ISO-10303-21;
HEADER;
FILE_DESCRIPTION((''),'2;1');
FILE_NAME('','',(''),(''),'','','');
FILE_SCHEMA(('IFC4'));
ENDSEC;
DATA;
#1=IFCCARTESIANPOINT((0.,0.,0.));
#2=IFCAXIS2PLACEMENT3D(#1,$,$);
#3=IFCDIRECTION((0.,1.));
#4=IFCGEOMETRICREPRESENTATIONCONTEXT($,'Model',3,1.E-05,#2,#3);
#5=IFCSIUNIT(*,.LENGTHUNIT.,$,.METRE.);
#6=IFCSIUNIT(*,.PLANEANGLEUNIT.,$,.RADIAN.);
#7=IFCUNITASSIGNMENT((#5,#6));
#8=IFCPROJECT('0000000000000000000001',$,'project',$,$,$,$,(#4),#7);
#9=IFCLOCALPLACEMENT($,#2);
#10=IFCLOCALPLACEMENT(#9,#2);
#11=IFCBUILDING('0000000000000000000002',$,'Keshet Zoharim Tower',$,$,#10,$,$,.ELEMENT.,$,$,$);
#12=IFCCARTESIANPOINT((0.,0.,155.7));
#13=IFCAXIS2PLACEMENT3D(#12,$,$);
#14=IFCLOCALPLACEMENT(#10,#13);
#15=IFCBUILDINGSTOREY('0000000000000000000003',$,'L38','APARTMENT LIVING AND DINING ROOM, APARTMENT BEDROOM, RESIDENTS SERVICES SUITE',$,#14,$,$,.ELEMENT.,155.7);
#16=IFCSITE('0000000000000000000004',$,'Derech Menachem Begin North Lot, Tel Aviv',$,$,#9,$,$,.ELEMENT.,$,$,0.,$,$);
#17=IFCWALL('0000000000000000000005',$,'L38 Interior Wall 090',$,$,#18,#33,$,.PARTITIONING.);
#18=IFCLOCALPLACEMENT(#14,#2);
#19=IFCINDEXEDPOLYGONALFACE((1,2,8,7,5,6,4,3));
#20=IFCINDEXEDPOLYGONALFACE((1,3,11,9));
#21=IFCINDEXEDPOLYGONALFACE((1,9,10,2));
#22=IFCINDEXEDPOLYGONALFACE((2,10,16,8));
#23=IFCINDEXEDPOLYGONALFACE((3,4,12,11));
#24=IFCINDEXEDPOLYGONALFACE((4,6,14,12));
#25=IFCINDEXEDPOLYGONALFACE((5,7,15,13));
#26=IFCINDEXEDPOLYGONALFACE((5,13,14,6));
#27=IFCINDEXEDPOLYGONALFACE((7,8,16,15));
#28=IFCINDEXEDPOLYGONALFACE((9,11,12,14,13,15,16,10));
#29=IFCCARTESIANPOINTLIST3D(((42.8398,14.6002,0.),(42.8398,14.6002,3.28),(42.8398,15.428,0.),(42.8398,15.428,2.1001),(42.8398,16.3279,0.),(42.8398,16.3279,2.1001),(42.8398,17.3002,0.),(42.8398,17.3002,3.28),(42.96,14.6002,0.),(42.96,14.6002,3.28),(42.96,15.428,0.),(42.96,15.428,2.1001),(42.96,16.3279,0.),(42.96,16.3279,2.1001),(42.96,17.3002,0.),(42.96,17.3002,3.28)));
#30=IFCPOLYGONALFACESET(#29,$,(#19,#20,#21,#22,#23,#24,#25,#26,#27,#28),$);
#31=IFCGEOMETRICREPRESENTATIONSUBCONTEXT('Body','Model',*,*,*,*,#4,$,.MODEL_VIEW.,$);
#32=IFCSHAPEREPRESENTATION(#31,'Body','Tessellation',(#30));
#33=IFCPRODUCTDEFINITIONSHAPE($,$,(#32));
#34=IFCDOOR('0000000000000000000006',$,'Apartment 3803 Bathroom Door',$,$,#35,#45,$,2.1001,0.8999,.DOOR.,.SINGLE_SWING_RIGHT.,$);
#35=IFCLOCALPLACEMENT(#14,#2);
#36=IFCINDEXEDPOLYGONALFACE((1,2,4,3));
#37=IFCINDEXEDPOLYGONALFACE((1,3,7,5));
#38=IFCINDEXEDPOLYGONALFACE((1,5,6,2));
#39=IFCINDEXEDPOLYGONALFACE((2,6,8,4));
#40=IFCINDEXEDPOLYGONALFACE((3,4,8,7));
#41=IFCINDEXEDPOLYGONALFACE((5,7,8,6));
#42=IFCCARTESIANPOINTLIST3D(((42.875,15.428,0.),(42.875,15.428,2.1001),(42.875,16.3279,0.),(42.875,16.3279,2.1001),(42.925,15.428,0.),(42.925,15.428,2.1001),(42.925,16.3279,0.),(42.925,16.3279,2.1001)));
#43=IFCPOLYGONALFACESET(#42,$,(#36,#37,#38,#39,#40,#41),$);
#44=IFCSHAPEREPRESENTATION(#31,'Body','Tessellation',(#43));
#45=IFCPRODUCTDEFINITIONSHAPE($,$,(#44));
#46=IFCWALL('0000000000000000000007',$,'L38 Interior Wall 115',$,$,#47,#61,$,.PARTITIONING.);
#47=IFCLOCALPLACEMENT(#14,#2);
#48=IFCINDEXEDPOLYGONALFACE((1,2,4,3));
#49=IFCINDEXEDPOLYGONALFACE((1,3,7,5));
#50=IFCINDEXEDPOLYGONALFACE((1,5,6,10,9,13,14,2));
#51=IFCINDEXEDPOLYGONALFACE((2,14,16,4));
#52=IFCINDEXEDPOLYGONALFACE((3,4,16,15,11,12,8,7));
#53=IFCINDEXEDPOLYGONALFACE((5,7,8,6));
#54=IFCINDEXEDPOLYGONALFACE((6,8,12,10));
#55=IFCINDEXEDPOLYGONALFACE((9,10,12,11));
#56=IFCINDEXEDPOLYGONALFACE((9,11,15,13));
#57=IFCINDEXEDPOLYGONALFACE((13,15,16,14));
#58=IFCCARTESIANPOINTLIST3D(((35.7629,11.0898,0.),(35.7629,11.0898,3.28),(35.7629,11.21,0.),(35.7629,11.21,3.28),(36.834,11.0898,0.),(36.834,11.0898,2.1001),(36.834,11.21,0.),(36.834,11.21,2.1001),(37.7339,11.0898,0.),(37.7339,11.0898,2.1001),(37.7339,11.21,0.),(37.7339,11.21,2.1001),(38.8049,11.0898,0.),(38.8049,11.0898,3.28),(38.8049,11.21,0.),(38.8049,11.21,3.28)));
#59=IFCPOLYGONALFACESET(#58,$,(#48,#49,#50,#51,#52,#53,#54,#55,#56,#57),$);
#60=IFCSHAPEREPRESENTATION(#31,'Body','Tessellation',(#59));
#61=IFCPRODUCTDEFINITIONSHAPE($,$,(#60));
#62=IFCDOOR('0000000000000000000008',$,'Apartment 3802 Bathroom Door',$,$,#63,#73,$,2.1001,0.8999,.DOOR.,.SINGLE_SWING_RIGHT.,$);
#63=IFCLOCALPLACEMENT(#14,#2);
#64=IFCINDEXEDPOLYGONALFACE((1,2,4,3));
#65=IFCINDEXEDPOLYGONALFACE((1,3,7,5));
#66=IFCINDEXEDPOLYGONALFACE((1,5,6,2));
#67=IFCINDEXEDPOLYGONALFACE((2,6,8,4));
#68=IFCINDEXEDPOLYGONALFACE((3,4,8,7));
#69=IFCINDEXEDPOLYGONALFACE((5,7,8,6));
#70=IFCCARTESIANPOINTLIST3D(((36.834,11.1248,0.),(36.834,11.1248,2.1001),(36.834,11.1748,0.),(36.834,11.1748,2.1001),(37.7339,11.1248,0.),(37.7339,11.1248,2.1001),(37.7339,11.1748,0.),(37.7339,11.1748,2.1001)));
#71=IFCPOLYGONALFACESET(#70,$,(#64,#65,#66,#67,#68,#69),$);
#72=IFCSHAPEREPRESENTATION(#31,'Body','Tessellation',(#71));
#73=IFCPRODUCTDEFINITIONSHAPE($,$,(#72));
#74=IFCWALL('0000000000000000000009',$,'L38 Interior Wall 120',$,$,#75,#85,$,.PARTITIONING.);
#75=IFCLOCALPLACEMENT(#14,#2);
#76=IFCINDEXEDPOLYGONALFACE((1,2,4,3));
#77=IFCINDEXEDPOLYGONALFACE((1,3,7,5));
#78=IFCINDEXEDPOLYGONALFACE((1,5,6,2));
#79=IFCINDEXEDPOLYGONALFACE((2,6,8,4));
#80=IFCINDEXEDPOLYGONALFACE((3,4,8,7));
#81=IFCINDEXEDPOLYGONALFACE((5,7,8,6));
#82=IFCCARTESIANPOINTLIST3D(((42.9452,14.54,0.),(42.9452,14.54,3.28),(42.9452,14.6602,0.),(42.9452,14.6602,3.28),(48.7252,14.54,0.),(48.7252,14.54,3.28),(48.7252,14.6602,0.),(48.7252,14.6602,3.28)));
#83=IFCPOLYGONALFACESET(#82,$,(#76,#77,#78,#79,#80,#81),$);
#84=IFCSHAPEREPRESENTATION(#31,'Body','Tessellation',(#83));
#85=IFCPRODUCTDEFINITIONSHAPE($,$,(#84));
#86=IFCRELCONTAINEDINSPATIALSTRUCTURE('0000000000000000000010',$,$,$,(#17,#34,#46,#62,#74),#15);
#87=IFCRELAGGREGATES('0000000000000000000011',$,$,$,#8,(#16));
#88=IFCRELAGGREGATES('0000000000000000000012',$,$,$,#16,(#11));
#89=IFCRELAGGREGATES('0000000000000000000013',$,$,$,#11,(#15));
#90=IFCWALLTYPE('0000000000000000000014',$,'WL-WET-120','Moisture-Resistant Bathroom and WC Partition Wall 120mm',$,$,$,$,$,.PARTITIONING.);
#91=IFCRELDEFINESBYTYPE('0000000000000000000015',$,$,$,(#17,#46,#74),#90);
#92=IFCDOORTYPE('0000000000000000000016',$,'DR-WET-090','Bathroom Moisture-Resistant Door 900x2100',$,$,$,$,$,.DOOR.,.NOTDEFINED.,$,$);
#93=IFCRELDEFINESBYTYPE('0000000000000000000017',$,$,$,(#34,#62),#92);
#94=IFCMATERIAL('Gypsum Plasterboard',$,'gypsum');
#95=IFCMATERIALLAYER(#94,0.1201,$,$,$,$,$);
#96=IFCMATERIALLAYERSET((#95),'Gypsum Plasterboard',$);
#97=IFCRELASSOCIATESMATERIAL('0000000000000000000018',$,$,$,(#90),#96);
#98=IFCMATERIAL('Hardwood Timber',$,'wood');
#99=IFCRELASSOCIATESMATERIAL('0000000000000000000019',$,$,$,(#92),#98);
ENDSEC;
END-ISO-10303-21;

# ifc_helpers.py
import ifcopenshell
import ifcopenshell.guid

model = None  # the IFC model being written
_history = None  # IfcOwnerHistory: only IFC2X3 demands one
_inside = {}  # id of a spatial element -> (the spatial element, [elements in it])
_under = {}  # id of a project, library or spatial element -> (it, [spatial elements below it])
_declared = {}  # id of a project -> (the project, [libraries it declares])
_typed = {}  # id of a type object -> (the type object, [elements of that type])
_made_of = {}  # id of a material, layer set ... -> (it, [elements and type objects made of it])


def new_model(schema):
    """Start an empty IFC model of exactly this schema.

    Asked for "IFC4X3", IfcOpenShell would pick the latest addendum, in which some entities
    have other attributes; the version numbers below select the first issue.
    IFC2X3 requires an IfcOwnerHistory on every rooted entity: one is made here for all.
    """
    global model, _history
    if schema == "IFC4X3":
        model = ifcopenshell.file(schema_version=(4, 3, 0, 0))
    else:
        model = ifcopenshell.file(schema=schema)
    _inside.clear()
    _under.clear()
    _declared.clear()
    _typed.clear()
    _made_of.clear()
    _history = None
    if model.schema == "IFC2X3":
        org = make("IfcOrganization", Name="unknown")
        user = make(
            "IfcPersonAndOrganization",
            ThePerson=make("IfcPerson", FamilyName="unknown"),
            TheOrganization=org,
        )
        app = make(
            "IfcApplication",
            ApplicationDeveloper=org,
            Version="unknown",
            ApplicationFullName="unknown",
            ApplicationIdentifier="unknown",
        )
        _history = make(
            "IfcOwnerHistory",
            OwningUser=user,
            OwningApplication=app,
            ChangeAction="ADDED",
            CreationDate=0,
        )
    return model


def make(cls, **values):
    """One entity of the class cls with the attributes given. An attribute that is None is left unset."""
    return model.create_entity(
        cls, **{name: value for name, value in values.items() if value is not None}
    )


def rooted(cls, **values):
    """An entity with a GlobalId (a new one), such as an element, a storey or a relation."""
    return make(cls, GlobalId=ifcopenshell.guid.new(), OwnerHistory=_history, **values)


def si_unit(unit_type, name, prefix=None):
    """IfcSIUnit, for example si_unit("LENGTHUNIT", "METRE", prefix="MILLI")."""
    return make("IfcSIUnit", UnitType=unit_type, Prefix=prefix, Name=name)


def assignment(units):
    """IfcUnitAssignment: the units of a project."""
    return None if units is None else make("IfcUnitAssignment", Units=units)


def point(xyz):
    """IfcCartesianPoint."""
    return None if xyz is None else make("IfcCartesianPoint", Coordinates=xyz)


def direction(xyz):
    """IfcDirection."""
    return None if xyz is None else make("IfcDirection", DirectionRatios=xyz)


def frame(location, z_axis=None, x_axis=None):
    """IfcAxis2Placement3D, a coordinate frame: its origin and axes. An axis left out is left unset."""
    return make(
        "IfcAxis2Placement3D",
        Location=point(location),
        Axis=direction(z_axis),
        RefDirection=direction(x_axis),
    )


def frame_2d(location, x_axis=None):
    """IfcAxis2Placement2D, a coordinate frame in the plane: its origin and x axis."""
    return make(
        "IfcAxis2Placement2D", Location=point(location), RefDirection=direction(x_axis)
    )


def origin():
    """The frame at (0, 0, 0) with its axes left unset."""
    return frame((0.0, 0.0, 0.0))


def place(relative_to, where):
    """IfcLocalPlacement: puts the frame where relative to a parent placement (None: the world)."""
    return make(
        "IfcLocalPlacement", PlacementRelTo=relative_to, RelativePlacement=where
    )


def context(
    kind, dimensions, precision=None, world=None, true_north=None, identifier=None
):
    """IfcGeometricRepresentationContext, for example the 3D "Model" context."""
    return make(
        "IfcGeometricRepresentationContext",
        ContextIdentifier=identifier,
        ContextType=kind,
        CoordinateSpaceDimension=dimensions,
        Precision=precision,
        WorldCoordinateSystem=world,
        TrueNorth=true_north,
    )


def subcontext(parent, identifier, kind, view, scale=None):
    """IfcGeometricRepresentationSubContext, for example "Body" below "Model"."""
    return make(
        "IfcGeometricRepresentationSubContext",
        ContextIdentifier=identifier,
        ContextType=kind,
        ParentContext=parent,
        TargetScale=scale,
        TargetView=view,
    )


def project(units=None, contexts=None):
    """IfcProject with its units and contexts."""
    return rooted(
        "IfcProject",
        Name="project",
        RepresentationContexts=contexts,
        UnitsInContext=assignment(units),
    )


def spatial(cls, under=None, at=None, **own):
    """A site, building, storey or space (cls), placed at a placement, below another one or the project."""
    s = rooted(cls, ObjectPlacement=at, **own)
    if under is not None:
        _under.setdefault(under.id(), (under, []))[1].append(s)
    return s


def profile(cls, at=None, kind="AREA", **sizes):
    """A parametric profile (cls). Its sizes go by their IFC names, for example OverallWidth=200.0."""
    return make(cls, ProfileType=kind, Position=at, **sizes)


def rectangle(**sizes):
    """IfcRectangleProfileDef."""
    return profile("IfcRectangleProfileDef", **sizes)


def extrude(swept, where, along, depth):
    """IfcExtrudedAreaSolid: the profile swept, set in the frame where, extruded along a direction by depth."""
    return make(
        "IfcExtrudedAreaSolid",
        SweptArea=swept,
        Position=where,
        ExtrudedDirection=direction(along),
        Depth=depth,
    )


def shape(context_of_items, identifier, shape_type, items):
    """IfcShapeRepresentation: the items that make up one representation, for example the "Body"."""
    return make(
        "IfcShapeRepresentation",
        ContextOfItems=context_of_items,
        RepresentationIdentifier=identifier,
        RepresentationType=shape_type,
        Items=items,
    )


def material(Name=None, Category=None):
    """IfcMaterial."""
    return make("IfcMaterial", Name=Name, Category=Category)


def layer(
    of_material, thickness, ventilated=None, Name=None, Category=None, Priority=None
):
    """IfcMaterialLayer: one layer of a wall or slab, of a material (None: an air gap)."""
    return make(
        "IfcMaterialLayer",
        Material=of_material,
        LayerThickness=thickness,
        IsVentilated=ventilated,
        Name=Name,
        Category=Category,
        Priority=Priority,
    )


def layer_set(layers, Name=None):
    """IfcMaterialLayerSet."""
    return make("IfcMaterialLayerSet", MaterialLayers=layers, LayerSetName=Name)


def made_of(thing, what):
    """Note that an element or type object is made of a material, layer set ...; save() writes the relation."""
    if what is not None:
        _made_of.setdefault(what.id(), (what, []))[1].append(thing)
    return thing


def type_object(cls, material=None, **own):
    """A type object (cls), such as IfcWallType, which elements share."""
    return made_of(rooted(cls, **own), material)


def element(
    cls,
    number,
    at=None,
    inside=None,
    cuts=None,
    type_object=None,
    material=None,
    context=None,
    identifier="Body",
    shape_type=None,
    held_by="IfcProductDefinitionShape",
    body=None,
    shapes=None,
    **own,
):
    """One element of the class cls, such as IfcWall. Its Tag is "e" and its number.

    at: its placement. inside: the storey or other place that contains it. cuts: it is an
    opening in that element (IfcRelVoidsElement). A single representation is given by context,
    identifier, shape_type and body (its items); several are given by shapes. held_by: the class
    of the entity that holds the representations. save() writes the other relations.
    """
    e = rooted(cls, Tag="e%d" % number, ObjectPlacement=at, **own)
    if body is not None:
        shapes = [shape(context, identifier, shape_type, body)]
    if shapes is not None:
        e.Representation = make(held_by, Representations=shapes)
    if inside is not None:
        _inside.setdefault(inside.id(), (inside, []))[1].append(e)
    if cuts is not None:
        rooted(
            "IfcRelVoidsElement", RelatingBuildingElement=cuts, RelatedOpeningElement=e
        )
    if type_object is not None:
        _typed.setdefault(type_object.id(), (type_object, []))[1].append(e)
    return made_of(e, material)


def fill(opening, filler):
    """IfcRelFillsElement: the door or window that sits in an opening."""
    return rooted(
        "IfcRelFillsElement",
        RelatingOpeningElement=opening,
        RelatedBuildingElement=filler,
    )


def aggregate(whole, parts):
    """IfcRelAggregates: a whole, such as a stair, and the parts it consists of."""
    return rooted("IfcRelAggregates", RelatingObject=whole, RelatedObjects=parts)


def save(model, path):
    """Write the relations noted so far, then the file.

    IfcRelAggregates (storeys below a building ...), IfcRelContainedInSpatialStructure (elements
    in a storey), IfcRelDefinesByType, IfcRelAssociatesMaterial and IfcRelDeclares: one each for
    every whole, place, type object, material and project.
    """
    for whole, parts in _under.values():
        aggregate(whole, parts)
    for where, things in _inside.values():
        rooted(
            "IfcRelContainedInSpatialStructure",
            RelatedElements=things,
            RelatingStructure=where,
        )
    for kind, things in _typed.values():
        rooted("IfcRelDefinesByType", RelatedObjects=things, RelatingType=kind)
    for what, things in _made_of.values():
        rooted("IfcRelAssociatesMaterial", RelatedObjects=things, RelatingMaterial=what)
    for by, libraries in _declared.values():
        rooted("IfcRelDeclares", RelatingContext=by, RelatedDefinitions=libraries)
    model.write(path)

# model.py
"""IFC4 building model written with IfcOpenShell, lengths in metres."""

from ifc_helpers import new_model, si_unit, direction, frame, frame_2d, origin, place, context, subcontext, project, spatial, rectangle, extrude, material, layer, layer_set, type_object, element, fill, save


model = new_model("IFC4")

# Units and contexts
model_context = context("Model", 3, precision=1e-05, world=origin(), true_north=direction((0.0, 1.0)))
body_context = subcontext(model_context, "Body", "Model", "MODEL_VIEW")
ifc_project = project(units=[si_unit("LENGTHUNIT", "METRE"), si_unit("PLANEANGLEUNIT", "RADIAN")], contexts=[model_context])

# Site, building, storey
site_placement = place(None, origin())
site = spatial("IfcSite", under=ifc_project, at=site_placement, Name="Derech Menachem Begin North Lot, Tel Aviv", CompositionType="ELEMENT", RefElevation=0.0)
building_placement = place(site_placement, origin())
building = spatial("IfcBuilding", under=site, at=building_placement, Name="Keshet Zoharim Tower", CompositionType="ELEMENT")
storey_placement = place(building_placement, frame((0.0, 0.0, 155.7)))
storey = spatial("IfcBuildingStorey", under=building, at=storey_placement, Name="L38", Description="APARTMENT LIVING AND DINING ROOM, APARTMENT BEDROOM, RESIDENTS SERVICES SUITE", CompositionType="ELEMENT", Elevation=155.7)

# Shared definitions
ifc_material_1 = material(Name="Gypsum Plasterboard", Category="gypsum")
ifc_material_2 = material(Name="Hardwood Timber", Category="wood")

# Shared definitions
ifc_layer_1 = layer(ifc_material_1, 0.1201)
ifc_layer_set_1 = layer_set([ifc_layer_1], Name="Gypsum Plasterboard")
wall_type_1 = type_object("IfcWallType", Name="WL-WET-120", Description="Moisture-Resistant Bathroom and WC Partition Wall 120mm", PredefinedType="PARTITIONING", material=ifc_layer_set_1)

# Walls, openings, doors
wall_1_placement = place(storey_placement, frame((42.8999, 14.6001, 0.0), z_axis=(0.0, 0.0, 1.0), x_axis=(0.0, 1.0, 0.0)))
wall_1 = element("IfcWall", 1, at=wall_1_placement, inside=storey, type_object=wall_type_1, Name="L38 Interior Wall 090", PredefinedType="PARTITIONING", context=body_context, shape_type="SweptSolid", body=[
    extrude(rectangle(XDim=2.7, YDim=0.1201, at=frame_2d((1.3501, 0.0))), origin(), (0.0, 0.0, 1.0), 3.28),
])
opening_1_placement = place(wall_1_placement, frame((0.8279, 0.0, 0.0)))
opening_1 = element("IfcOpeningElement", 2, at=opening_1_placement, cuts=wall_1, PredefinedType="OPENING", context=body_context, shape_type="SweptSolid", body=[
    extrude(rectangle(XDim=0.8999, YDim=2.1001, at=frame_2d((0.45, 1.05))), frame((0.0, 0.0701, 0.0), z_axis=(0.0, -1.0, 0.0), x_axis=(1.0, 0.0, 0.0)), (0.0, 0.0, 1.0), 0.1401),
])
door_type_1 = type_object("IfcDoorType", Name="DR-WET-090", Description="Bathroom Moisture-Resistant Door 900x2100", OperationType="NOTDEFINED", PredefinedType="DOOR", material=ifc_material_2)
door_1_placement = place(opening_1_placement, origin())
door_1 = element("IfcDoor", 3, at=door_1_placement, inside=storey, type_object=door_type_1, Name="Apartment 3803 Bathroom Door", OperationType="SINGLE_SWING_RIGHT", OverallHeight=2.1001, OverallWidth=0.8999, PredefinedType="DOOR", context=body_context, shape_type="SweptSolid", body=[
    extrude(rectangle(XDim=0.8999, YDim=2.1001, at=frame_2d((0.45, 1.05))), frame((0.0, 0.0249, 0.0), z_axis=(0.0, -1.0, 0.0), x_axis=(1.0, 0.0, 0.0)), (0.0, 0.0, 1.0), 0.05),
])
fill(opening_1, door_1)
wall_2_placement = place(storey_placement, frame((35.7629, 11.1499, 0.0), z_axis=(0.0, 0.0, 1.0), x_axis=(1.0, 0.0, 0.0)))
wall_2 = element("IfcWall", 4, at=wall_2_placement, inside=storey, type_object=wall_type_1, Name="L38 Interior Wall 115", PredefinedType="PARTITIONING", context=body_context, shape_type="SweptSolid", body=[
    extrude(rectangle(XDim=3.042, YDim=0.1201, at=frame_2d((1.521, 0.0))), origin(), (0.0, 0.0, 1.0), 3.28),
])
opening_2_placement = place(wall_2_placement, frame((1.071, 0.0, 0.0)))
opening_2 = element("IfcOpeningElement", 5, at=opening_2_placement, cuts=wall_2, PredefinedType="OPENING", context=body_context, shape_type="SweptSolid", body=[
    extrude(rectangle(XDim=0.8999, YDim=2.1001, at=frame_2d((0.45, 1.05))), frame((0.0, 0.0701, 0.0), z_axis=(0.0, -1.0, 0.0), x_axis=(1.0, 0.0, 0.0)), (0.0, 0.0, 1.0), 0.1401),
])
door_2_placement = place(opening_2_placement, origin())
door_2 = element("IfcDoor", 6, at=door_2_placement, inside=storey, type_object=door_type_1, Name="Apartment 3802 Bathroom Door", OperationType="SINGLE_SWING_RIGHT", OverallHeight=2.1001, OverallWidth=0.8999, PredefinedType="DOOR", context=body_context, shape_type="SweptSolid", body=[
    extrude(rectangle(XDim=0.8999, YDim=2.1001, at=frame_2d((0.45, 1.05))), frame((0.0, 0.0249, 0.0), z_axis=(0.0, -1.0, 0.0), x_axis=(1.0, 0.0, 0.0)), (0.0, 0.0, 1.0), 0.05),
])
fill(opening_2, door_2)

# Wall
wall_3_placement = place(storey_placement, frame((42.9451, 14.6001, 0.0), z_axis=(0.0, 0.0, 1.0), x_axis=(1.0, 0.0, 0.0)))
element("IfcWall", 7, at=wall_3_placement, inside=storey, type_object=wall_type_1, Name="L38 Interior Wall 120", PredefinedType="PARTITIONING", context=body_context, shape_type="SweptSolid", body=[
    extrude(rectangle(XDim=5.78, YDim=0.1201, at=frame_2d((2.8901, 0.0))), origin(), (0.0, 0.0, 1.0), 3.28),
])

save(model, "model.ifc")
